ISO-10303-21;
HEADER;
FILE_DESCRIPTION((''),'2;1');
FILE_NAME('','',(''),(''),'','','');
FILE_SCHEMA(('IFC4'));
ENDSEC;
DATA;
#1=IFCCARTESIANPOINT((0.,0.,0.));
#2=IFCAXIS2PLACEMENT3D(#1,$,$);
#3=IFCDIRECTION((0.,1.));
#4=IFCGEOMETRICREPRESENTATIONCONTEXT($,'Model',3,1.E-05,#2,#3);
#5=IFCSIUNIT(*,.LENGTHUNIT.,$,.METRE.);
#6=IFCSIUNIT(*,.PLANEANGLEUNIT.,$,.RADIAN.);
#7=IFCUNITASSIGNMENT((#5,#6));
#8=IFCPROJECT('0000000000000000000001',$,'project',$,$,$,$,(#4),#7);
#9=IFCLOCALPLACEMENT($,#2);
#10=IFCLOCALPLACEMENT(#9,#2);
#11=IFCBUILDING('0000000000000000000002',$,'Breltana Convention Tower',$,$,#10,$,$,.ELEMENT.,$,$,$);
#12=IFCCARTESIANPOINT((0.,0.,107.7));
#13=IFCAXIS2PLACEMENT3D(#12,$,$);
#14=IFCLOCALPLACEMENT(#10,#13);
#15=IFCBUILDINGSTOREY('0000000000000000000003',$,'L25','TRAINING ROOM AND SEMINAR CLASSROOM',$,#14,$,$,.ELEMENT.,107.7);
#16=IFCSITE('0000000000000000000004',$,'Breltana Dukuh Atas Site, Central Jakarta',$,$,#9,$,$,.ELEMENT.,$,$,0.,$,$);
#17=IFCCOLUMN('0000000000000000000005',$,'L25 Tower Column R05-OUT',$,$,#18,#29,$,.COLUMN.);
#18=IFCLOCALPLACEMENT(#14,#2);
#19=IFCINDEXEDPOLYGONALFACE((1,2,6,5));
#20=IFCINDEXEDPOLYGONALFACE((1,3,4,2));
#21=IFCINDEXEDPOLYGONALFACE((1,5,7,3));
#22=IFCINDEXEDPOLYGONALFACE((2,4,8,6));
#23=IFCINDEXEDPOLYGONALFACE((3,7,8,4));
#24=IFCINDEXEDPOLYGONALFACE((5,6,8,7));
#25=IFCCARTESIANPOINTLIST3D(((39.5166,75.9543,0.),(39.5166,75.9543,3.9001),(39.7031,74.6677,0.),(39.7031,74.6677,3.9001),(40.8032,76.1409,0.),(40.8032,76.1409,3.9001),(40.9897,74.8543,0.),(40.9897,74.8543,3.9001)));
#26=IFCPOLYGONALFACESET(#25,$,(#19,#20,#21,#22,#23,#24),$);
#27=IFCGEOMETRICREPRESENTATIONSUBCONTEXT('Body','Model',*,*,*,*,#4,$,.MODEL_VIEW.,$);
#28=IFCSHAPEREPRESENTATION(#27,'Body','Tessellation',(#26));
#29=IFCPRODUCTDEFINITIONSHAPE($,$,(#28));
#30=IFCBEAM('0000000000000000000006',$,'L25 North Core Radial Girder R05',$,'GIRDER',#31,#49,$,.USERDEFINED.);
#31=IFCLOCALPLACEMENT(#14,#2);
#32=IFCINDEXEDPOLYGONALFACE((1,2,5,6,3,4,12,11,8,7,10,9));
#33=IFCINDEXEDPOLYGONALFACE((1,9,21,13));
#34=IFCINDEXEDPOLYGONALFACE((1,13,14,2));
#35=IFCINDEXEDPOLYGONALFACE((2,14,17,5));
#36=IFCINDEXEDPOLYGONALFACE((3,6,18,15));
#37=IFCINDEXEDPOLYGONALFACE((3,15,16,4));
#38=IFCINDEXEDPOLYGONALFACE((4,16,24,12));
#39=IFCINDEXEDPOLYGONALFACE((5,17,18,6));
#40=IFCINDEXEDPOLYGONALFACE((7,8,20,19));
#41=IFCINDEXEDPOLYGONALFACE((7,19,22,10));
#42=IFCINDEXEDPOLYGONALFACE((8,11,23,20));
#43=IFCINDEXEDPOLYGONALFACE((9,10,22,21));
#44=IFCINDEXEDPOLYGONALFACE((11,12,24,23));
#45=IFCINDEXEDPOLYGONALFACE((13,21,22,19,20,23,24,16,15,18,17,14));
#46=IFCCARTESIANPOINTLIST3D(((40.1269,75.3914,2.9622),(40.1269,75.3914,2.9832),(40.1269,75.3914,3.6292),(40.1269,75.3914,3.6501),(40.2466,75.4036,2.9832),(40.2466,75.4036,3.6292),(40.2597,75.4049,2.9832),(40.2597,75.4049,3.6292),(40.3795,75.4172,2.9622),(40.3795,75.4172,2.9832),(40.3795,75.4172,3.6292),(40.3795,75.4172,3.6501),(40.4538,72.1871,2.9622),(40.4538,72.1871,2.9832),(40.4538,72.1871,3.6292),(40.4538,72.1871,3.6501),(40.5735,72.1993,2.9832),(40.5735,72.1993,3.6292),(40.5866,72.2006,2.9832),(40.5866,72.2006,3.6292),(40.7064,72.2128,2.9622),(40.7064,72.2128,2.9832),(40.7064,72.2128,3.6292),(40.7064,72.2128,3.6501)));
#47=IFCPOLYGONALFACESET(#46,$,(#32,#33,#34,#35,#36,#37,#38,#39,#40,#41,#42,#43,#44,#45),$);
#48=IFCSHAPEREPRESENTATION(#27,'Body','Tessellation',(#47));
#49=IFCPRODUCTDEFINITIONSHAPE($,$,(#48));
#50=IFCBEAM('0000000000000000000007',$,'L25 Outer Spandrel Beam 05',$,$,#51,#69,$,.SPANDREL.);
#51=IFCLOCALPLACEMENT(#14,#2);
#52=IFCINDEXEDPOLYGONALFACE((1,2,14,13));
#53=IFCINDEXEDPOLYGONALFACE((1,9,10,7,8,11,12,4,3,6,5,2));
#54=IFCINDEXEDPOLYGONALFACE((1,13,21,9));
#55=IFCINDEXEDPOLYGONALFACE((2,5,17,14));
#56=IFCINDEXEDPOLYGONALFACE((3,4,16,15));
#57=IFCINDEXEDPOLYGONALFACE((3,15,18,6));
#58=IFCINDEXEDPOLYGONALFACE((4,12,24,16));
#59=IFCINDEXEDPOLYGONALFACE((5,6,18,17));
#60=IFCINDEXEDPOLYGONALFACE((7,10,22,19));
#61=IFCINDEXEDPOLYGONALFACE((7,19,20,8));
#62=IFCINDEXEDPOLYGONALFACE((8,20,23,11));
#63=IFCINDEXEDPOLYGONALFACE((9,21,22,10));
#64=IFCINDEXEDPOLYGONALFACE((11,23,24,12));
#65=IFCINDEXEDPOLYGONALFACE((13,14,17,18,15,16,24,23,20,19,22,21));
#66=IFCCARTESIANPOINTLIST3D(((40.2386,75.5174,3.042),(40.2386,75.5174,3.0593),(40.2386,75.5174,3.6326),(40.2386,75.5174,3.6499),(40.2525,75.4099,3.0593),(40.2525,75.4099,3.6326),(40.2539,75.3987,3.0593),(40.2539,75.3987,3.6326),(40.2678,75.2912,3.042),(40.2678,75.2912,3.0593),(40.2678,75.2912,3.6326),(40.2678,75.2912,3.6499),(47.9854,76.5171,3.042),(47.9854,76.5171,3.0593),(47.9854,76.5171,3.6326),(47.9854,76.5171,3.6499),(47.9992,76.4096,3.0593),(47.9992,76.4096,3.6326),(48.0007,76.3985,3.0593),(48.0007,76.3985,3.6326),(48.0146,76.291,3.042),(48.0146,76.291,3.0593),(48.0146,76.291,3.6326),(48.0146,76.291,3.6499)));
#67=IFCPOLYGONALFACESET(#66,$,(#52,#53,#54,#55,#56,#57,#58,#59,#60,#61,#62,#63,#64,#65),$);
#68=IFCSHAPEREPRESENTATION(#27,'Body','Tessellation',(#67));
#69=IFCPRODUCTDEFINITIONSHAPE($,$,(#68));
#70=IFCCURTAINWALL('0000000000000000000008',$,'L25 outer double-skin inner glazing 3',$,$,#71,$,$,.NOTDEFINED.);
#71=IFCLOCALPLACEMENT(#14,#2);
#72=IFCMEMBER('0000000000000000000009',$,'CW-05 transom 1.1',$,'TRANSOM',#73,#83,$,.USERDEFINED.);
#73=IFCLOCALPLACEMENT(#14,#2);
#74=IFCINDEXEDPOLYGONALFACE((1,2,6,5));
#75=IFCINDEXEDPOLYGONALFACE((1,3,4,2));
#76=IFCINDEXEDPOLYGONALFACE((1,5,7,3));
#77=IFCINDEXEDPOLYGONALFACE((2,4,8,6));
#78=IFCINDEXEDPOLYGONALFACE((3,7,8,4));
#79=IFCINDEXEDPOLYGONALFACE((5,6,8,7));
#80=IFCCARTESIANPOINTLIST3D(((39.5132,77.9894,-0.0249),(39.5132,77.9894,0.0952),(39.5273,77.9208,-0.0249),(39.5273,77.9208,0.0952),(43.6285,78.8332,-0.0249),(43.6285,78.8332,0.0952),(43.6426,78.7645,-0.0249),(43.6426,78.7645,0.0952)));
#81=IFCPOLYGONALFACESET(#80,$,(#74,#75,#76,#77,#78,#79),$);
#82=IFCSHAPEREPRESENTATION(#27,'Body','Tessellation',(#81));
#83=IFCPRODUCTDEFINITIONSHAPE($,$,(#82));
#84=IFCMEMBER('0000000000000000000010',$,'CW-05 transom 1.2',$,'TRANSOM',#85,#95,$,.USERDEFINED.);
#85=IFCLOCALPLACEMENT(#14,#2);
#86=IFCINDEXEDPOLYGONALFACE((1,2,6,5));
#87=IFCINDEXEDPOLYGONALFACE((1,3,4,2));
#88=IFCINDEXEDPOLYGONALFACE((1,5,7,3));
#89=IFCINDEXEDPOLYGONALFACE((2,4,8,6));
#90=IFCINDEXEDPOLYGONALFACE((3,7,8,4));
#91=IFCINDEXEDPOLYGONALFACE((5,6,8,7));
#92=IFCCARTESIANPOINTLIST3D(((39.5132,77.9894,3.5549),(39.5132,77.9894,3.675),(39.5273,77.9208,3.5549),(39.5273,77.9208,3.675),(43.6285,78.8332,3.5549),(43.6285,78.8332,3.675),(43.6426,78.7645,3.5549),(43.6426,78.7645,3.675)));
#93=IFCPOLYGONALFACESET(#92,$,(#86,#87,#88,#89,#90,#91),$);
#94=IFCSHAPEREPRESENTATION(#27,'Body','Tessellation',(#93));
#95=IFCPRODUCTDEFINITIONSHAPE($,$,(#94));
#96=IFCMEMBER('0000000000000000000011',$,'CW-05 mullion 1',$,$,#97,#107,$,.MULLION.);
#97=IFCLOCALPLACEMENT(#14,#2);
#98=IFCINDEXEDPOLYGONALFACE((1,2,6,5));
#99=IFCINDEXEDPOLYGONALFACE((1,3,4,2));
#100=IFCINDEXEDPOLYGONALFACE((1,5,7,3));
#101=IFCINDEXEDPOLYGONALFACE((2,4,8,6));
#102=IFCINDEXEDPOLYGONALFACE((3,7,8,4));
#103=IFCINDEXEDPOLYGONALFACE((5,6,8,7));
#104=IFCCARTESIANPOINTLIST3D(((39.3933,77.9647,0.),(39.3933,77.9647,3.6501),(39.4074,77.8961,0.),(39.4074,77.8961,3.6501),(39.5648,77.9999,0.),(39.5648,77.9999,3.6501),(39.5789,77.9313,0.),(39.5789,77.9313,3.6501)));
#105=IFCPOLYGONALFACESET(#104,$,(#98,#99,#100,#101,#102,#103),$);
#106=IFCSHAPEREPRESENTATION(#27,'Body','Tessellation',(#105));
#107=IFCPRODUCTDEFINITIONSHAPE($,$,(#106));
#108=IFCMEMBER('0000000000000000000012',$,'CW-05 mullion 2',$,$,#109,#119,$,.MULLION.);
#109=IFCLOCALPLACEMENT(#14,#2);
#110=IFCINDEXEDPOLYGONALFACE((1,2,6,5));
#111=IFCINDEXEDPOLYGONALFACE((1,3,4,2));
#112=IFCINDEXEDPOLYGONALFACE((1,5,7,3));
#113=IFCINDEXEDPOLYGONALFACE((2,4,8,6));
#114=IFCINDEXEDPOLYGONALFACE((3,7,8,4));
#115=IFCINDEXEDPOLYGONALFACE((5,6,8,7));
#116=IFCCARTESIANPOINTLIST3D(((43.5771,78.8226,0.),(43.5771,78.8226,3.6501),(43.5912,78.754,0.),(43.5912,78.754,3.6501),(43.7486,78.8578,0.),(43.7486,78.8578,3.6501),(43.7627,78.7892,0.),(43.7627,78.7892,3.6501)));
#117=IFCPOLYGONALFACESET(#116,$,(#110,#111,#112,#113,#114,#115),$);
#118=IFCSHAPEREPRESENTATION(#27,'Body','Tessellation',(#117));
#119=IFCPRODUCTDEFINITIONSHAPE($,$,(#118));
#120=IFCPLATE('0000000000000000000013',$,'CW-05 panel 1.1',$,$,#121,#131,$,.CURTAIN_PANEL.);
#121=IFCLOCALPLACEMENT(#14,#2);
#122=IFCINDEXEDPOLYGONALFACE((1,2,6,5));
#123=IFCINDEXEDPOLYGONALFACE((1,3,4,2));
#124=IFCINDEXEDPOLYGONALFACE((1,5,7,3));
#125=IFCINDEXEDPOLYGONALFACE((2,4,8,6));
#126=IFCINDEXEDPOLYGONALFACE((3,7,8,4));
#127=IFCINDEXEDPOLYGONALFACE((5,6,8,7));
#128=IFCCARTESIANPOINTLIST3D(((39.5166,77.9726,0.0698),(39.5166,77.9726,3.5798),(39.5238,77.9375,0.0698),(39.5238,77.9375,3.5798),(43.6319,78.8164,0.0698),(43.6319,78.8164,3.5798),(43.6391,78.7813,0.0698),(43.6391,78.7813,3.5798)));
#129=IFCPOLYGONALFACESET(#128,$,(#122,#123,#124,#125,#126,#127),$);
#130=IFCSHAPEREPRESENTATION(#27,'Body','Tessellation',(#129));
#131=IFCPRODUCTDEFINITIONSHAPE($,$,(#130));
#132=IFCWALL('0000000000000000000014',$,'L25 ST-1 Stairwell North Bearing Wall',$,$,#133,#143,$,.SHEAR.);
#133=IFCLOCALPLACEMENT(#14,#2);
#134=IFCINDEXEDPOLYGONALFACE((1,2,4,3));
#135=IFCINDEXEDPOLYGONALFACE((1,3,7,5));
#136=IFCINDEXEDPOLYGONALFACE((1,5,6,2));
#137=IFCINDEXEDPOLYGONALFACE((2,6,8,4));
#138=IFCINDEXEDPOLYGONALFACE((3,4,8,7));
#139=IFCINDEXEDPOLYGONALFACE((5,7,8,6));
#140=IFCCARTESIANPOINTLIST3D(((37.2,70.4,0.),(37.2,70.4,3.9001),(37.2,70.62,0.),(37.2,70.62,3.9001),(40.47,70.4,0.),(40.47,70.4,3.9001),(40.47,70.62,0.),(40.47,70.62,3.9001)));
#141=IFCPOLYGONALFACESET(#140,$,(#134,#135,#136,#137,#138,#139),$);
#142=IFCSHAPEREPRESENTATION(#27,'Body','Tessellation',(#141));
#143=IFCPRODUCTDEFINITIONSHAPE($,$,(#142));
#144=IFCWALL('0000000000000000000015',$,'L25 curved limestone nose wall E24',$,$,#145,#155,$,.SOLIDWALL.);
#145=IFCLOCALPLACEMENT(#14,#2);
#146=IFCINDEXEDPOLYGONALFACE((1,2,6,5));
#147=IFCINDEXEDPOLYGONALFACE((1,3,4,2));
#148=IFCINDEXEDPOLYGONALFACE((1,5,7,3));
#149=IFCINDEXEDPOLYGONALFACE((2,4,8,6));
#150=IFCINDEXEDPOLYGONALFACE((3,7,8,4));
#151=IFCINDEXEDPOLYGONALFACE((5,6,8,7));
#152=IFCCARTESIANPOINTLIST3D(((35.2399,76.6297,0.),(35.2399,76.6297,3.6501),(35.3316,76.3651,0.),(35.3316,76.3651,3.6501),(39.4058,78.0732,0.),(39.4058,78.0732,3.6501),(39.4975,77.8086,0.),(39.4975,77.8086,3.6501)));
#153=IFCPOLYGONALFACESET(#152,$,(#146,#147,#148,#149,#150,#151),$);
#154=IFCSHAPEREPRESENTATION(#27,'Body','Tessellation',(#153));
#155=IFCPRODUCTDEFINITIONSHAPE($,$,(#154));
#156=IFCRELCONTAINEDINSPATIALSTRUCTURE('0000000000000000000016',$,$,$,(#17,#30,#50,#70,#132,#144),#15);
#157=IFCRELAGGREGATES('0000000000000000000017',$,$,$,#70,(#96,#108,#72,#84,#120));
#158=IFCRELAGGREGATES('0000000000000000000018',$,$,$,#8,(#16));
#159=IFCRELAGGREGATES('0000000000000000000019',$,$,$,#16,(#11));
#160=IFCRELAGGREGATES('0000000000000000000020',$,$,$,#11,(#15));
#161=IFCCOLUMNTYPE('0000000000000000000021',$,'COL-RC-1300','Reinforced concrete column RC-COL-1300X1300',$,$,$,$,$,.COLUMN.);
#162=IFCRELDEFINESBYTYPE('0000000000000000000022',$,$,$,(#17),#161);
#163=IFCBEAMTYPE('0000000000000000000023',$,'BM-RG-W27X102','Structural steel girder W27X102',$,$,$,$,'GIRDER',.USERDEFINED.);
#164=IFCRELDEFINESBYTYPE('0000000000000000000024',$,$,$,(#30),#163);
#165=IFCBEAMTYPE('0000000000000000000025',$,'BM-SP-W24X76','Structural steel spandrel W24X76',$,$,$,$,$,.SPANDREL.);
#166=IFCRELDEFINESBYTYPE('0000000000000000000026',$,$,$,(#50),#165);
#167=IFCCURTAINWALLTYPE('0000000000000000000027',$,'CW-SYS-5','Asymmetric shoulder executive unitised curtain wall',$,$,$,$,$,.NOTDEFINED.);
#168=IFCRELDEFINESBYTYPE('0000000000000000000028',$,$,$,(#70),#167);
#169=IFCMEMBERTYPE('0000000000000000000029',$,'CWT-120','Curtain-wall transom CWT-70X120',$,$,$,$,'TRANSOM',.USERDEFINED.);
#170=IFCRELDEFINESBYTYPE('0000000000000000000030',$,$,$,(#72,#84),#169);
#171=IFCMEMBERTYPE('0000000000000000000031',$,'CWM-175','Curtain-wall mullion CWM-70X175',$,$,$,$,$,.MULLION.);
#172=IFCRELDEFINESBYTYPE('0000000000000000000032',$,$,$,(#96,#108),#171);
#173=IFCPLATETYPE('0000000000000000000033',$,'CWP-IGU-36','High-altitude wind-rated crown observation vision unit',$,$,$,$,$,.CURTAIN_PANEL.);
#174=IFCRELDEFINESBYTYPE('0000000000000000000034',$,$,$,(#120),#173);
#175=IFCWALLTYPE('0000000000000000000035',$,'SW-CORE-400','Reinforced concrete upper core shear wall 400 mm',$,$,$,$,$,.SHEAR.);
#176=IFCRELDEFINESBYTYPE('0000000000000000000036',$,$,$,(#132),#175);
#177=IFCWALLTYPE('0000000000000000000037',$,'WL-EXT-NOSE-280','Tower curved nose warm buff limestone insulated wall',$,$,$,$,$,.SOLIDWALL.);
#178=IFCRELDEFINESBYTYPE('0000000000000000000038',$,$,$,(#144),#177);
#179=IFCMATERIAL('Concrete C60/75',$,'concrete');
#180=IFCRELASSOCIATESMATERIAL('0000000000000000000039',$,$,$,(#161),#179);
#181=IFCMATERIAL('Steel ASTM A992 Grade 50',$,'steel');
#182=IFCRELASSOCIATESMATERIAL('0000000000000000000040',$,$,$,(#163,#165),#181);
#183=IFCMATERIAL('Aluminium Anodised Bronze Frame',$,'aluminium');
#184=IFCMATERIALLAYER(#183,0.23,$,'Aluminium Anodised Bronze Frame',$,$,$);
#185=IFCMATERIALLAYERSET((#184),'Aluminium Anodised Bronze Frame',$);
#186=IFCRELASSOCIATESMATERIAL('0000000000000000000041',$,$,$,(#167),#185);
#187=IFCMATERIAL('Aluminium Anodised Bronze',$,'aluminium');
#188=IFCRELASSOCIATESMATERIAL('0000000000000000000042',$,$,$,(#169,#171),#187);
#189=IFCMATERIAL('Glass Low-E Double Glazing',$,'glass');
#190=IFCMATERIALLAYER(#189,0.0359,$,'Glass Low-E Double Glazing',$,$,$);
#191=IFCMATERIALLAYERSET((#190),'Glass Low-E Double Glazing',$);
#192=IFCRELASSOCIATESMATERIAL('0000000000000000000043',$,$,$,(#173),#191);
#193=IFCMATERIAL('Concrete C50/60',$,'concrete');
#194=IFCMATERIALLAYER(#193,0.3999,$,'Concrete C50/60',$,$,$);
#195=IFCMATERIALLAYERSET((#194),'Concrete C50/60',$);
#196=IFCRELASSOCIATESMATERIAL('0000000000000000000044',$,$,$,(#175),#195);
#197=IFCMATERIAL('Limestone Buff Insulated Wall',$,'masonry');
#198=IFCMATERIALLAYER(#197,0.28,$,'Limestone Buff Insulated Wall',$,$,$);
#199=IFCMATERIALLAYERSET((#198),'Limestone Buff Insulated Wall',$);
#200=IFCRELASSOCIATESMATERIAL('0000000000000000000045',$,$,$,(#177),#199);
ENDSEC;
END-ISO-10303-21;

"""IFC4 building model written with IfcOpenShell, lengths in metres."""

from ifc_helpers import new_model, si_unit, direction, frame, frame_2d, origin, origin_2d, place, context, subcontext, project, spatial, rectangle, i_section, extrude, source, transform, mapped, material, layer, layer_set, material_profile, profile_set, type_object, element, aggregate, save


model = new_model("IFC4")

# Units and contexts
model_context = context("Model", 3, precision=1e-05, world=origin(), true_north=direction((0.0, 1.0)))
body_context = subcontext(model_context, "Body", "Model", "MODEL_VIEW")
ifc_project = project(units=[si_unit("LENGTHUNIT", "METRE"), si_unit("PLANEANGLEUNIT", "RADIAN")], contexts=[model_context])

# Site, building, storey
site_placement = place(None, origin())
site = spatial("IfcSite", under=ifc_project, at=site_placement, Name="Breltana Dukuh Atas Site, Central Jakarta", CompositionType="ELEMENT", RefElevation=0.0)
building_placement = place(site_placement, origin())
building = spatial("IfcBuilding", under=site, at=building_placement, Name="Breltana Convention Tower", CompositionType="ELEMENT")
storey_placement = place(building_placement, frame((0.0, 0.0, 107.7)))
storey = spatial("IfcBuildingStorey", under=building, at=storey_placement, Name="L25", Description="TRAINING ROOM AND SEMINAR CLASSROOM", CompositionType="ELEMENT", Elevation=107.7)

# Column
ifc_material_1 = material(Name="Concrete C60/75", Category="concrete")
ifc_material_profile_1 = material_profile(ifc_material_1, rectangle(XDim=1.3, YDim=1.3, at=origin_2d()), Name="RC-COL-1300X1300")
ifc_profile_set_1 = profile_set([ifc_material_profile_1], Name="Concrete C60/75")
column_type = type_object("IfcColumnType", Name="COL-RC-1300", Description="Reinforced concrete column RC-COL-1300X1300", PredefinedType="COLUMN", material=ifc_profile_set_1)
shared_shape_1 = source(origin(), body_context, "Body", "SweptSolid", [
    extrude(rectangle(XDim=1.3, YDim=1.3, at=origin_2d()), origin(), (0.0, 0.0, 1.0), 3.9001),
])
column_placement = place(storey_placement, frame((40.2532, 75.4043, 0.0), z_axis=(0.0, 0.0, 1.0), x_axis=(-0.143493, 0.989651, 0.0)))
element("IfcColumn", 1, at=column_placement, inside=storey, type_object=column_type, Name="L25 Tower Column R05-OUT", PredefinedType="COLUMN", context=body_context, shape_type="MappedRepresentation", body=[
    mapped(shared_shape_1, transform((0.0, 0.0, 0.0), scale=1.0)),
])

# Beams
ifc_material_2 = material(Name="Steel ASTM A992 Grade 50", Category="steel")
ifc_material_profile_2 = material_profile(ifc_material_2, i_section(OverallWidth=0.2539, OverallDepth=0.688, WebThickness=0.0132, FlangeThickness=0.021, at=origin_2d()), Name="W27X102")
ifc_profile_set_2 = profile_set([ifc_material_profile_2], Name="Steel ASTM A992 Grade 50")
beam_type_1 = type_object("IfcBeamType", Name="BM-RG-W27X102", Description="Structural steel girder W27X102", ElementType="GIRDER", PredefinedType="USERDEFINED", material=ifc_profile_set_2)
shared_shape_2 = source(origin(), body_context, "Body", "SweptSolid", [
    extrude(i_section(OverallWidth=0.2539, OverallDepth=0.688, WebThickness=0.0132, FlangeThickness=0.021, at=origin_2d()), origin(), (0.0, 0.0, 1.0), 3.2209),
])
beam_1_placement = place(storey_placement, frame((40.5801, 72.2, 3.3062), z_axis=(-0.101492, 0.994836, 0.0), x_axis=(-0.994836, -0.101492, 0.0)))
element("IfcBeam", 2, at=beam_1_placement, inside=storey, type_object=beam_type_1, Name="L25 North Core Radial Girder R05", ObjectType="GIRDER", PredefinedType="USERDEFINED", context=body_context, shape_type="MappedRepresentation", body=[
    mapped(shared_shape_2, transform((0.0, 0.0, 0.0), scale=1.0)),
])
ifc_material_profile_3 = material_profile(ifc_material_2, i_section(OverallWidth=0.228, OverallDepth=0.6079, WebThickness=0.0112, FlangeThickness=0.0173, at=origin_2d()), Name="W24X76")
ifc_profile_set_3 = profile_set([ifc_material_profile_3], Name="Steel ASTM A992 Grade 50")
beam_type_2 = type_object("IfcBeamType", Name="BM-SP-W24X76", Description="Structural steel spandrel W24X76", PredefinedType="SPANDREL", material=ifc_profile_set_3)
shared_shape_3 = source(origin(), body_context, "Body", "SweptSolid", [
    extrude(i_section(OverallWidth=0.228, OverallDepth=0.6079, WebThickness=0.0112, FlangeThickness=0.0173, at=origin_2d()), origin(), (0.0, 0.0, 1.0), 7.811),
])
beam_2_placement = place(storey_placement, frame((40.2532, 75.4043, 3.3459), z_axis=(0.991775, 0.127992, 0.0), x_axis=(-0.127992, 0.991775, 0.0)))
element("IfcBeam", 3, at=beam_2_placement, inside=storey, type_object=beam_type_2, Name="L25 Outer Spandrel Beam 05", PredefinedType="SPANDREL", context=body_context, shape_type="MappedRepresentation", body=[
    mapped(shared_shape_3, transform((0.0, 0.0, 0.0), scale=1.0)),
])

# Curtain wall, members, plate
ifc_material_3 = material(Name="Aluminium Anodised Bronze Frame", Category="aluminium")
ifc_layer_1 = layer(ifc_material_3, 0.23, Name="Aluminium Anodised Bronze Frame")
ifc_layer_set_1 = layer_set([ifc_layer_1], Name="Aluminium Anodised Bronze Frame")
curtain_wall_type = type_object("IfcCurtainWallType", Name="CW-SYS-5", Description="Asymmetric shoulder executive unitised curtain wall", PredefinedType="NOTDEFINED", material=ifc_layer_set_1)
curtain_wall_placement = place(storey_placement, origin())
curtain_wall = element("IfcCurtainWall", 4, at=curtain_wall_placement, inside=storey, type_object=curtain_wall_type, Name="L25 outer double-skin inner glazing 3", PredefinedType="NOTDEFINED")
ifc_material_4 = material(Name="Aluminium Anodised Bronze", Category="aluminium")
ifc_material_profile_4 = material_profile(ifc_material_4, rectangle(XDim=0.0701, YDim=0.1201, at=origin_2d()), Name="CWT-70X120")
ifc_profile_set_4 = profile_set([ifc_material_profile_4], Name="Aluminium Anodised Bronze")
member_type_1 = type_object("IfcMemberType", Name="CWT-120", Description="Curtain-wall transom CWT-70X120", ElementType="TRANSOM", PredefinedType="USERDEFINED", material=ifc_profile_set_4)
shared_shape_4 = source(origin(), body_context, "Body", "SweptSolid", [
    extrude(rectangle(XDim=0.0701, YDim=0.1201, at=origin_2d()), origin(), (0.0, 0.0, 1.0), 4.2009),
])
member_1_placement = place(storey_placement, frame((39.5203, 77.9551, 0.0352), z_axis=(0.979621, 0.200853, 0.0), x_axis=(-0.200853, 0.979621, 0.0)))
member_1 = element("IfcMember", 5, at=member_1_placement, type_object=member_type_1, Name="CW-05 transom 1.1", ObjectType="TRANSOM", PredefinedType="USERDEFINED", context=body_context, shape_type="MappedRepresentation", body=[
    mapped(shared_shape_4, transform((0.0, 0.0, 0.0), scale=1.0)),
])
member_2_placement = place(storey_placement, frame((39.5203, 77.9551, 3.615), z_axis=(0.979621, 0.200853, 0.0), x_axis=(-0.200853, 0.979621, 0.0)))
member_2 = element("IfcMember", 6, at=member_2_placement, type_object=member_type_1, Name="CW-05 transom 1.2", ObjectType="TRANSOM", PredefinedType="USERDEFINED", context=body_context, shape_type="MappedRepresentation", body=[
    mapped(shared_shape_4, transform((0.0, 0.0, 0.0), scale=1.0)),
])
ifc_material_profile_5 = material_profile(ifc_material_4, rectangle(XDim=0.0701, YDim=0.175, at=origin_2d()), Name="CWM-70X175")
ifc_profile_set_5 = profile_set([ifc_material_profile_5], Name="Aluminium Anodised Bronze")
member_type_2 = type_object("IfcMemberType", Name="CWM-175", Description="Curtain-wall mullion CWM-70X175", PredefinedType="MULLION", material=ifc_profile_set_5)
shared_shape_5 = source(origin(), body_context, "Body", "SweptSolid", [
    extrude(rectangle(XDim=0.0701, YDim=0.175, at=origin_2d()), origin(), (0.0, 0.0, 1.0), 3.6501),
])
member_3_placement = place(storey_placement, frame((39.4861, 77.948, 0.0), z_axis=(0.0, 0.0, 1.0), x_axis=(-0.200859, 0.97962, 0.0)))
member_3 = element("IfcMember", 7, at=member_3_placement, type_object=member_type_2, Name="CW-05 mullion 1", PredefinedType="MULLION", context=body_context, shape_type="MappedRepresentation", body=[
    mapped(shared_shape_5, transform((0.0, 0.0, 0.0), scale=1.0)),
])
member_4_placement = place(storey_placement, frame((43.6699, 78.8059, 0.0), z_axis=(0.0, 0.0, 1.0), x_axis=(-0.200859, 0.97962, 0.0)))
member_4 = element("IfcMember", 8, at=member_4_placement, type_object=member_type_2, Name="CW-05 mullion 2", PredefinedType="MULLION", context=body_context, shape_type="MappedRepresentation", body=[
    mapped(shared_shape_5, transform((0.0, 0.0, 0.0), scale=1.0)),
])
ifc_material_5 = material(Name="Glass Low-E Double Glazing", Category="glass")
ifc_layer_2 = layer(ifc_material_5, 0.0359, Name="Glass Low-E Double Glazing")
ifc_layer_set_2 = layer_set([ifc_layer_2], Name="Glass Low-E Double Glazing")
plate_type = type_object("IfcPlateType", Name="CWP-IGU-36", Description="High-altitude wind-rated crown observation vision unit", PredefinedType="CURTAIN_PANEL", material=ifc_layer_set_2)
shared_shape_6 = source(origin(), body_context, "Body", "SweptSolid", [
    extrude(rectangle(XDim=4.2009, YDim=0.0359, at=origin_2d()), origin(), (0.0, 0.0, 1.0), 3.51),
])
plate_placement = place(storey_placement, frame((41.5779, 78.377, 0.0698), z_axis=(0.0, 0.0, 1.0), x_axis=(0.97962, 0.200859, 0.0)))
plate = element("IfcPlate", 9, at=plate_placement, type_object=plate_type, Name="CW-05 panel 1.1", PredefinedType="CURTAIN_PANEL", context=body_context, shape_type="MappedRepresentation", body=[
    mapped(shared_shape_6, transform((0.0, 0.0, 0.0), scale=1.0)),
])
aggregate(curtain_wall, [member_3, member_4, member_1, member_2, plate])

# Walls
ifc_material_6 = material(Name="Concrete C50/60", Category="concrete")
ifc_layer_3 = layer(ifc_material_6, 0.3999, Name="Concrete C50/60")
ifc_layer_set_3 = layer_set([ifc_layer_3], Name="Concrete C50/60")
wall_type_1 = type_object("IfcWallType", Name="SW-CORE-400", Description="Reinforced concrete upper core shear wall 400 mm", PredefinedType="SHEAR", material=ifc_layer_set_3)
shared_shape_7 = source(origin(), body_context, "Body", "SweptSolid", [
    extrude(rectangle(XDim=3.27, YDim=0.22, at=frame_2d((1.635, 0.0))), origin(), (0.0, 0.0, 1.0), 3.9001),
])
wall_1_placement = place(storey_placement, frame((37.2, 70.51, 0.0), z_axis=(0.0, 0.0, 1.0), x_axis=(1.0, 0.0, 0.0)))
element("IfcWall", 10, at=wall_1_placement, inside=storey, type_object=wall_type_1, Name="L25 ST-1 Stairwell North Bearing Wall", PredefinedType="SHEAR", context=body_context, shape_type="MappedRepresentation", body=[
    mapped(shared_shape_7, transform((0.0, 0.0, 0.0), scale=1.0)),
])
ifc_material_7 = material(Name="Limestone Buff Insulated Wall", Category="masonry")
ifc_layer_4 = layer(ifc_material_7, 0.28, Name="Limestone Buff Insulated Wall")
ifc_layer_set_4 = layer_set([ifc_layer_4], Name="Limestone Buff Insulated Wall")
wall_type_2 = type_object("IfcWallType", Name="WL-EXT-NOSE-280", Description="Tower curved nose warm buff limestone insulated wall", PredefinedType="SOLIDWALL", material=ifc_layer_set_4)
shared_shape_8 = source(origin(), body_context, "Body", "SweptSolid", [
    extrude(rectangle(XDim=4.4089, YDim=0.28, at=frame_2d((2.2046, 0.0))), origin(), (0.0, 0.0, 1.0), 3.6501),
])
wall_2_placement = place(storey_placement, frame((35.2856, 76.4973, 0.0), z_axis=(0.0, 0.0, 1.0), x_axis=(0.944879, 0.327419, 0.0)))
element("IfcWall", 11, at=wall_2_placement, inside=storey, type_object=wall_type_2, Name="L25 curved limestone nose wall E24", PredefinedType="SOLIDWALL", context=body_context, shape_type="MappedRepresentation", body=[
    mapped(shared_shape_8, transform((0.0, 0.0, 0.0), scale=1.0)),
])

save(model, "model.ifc")
